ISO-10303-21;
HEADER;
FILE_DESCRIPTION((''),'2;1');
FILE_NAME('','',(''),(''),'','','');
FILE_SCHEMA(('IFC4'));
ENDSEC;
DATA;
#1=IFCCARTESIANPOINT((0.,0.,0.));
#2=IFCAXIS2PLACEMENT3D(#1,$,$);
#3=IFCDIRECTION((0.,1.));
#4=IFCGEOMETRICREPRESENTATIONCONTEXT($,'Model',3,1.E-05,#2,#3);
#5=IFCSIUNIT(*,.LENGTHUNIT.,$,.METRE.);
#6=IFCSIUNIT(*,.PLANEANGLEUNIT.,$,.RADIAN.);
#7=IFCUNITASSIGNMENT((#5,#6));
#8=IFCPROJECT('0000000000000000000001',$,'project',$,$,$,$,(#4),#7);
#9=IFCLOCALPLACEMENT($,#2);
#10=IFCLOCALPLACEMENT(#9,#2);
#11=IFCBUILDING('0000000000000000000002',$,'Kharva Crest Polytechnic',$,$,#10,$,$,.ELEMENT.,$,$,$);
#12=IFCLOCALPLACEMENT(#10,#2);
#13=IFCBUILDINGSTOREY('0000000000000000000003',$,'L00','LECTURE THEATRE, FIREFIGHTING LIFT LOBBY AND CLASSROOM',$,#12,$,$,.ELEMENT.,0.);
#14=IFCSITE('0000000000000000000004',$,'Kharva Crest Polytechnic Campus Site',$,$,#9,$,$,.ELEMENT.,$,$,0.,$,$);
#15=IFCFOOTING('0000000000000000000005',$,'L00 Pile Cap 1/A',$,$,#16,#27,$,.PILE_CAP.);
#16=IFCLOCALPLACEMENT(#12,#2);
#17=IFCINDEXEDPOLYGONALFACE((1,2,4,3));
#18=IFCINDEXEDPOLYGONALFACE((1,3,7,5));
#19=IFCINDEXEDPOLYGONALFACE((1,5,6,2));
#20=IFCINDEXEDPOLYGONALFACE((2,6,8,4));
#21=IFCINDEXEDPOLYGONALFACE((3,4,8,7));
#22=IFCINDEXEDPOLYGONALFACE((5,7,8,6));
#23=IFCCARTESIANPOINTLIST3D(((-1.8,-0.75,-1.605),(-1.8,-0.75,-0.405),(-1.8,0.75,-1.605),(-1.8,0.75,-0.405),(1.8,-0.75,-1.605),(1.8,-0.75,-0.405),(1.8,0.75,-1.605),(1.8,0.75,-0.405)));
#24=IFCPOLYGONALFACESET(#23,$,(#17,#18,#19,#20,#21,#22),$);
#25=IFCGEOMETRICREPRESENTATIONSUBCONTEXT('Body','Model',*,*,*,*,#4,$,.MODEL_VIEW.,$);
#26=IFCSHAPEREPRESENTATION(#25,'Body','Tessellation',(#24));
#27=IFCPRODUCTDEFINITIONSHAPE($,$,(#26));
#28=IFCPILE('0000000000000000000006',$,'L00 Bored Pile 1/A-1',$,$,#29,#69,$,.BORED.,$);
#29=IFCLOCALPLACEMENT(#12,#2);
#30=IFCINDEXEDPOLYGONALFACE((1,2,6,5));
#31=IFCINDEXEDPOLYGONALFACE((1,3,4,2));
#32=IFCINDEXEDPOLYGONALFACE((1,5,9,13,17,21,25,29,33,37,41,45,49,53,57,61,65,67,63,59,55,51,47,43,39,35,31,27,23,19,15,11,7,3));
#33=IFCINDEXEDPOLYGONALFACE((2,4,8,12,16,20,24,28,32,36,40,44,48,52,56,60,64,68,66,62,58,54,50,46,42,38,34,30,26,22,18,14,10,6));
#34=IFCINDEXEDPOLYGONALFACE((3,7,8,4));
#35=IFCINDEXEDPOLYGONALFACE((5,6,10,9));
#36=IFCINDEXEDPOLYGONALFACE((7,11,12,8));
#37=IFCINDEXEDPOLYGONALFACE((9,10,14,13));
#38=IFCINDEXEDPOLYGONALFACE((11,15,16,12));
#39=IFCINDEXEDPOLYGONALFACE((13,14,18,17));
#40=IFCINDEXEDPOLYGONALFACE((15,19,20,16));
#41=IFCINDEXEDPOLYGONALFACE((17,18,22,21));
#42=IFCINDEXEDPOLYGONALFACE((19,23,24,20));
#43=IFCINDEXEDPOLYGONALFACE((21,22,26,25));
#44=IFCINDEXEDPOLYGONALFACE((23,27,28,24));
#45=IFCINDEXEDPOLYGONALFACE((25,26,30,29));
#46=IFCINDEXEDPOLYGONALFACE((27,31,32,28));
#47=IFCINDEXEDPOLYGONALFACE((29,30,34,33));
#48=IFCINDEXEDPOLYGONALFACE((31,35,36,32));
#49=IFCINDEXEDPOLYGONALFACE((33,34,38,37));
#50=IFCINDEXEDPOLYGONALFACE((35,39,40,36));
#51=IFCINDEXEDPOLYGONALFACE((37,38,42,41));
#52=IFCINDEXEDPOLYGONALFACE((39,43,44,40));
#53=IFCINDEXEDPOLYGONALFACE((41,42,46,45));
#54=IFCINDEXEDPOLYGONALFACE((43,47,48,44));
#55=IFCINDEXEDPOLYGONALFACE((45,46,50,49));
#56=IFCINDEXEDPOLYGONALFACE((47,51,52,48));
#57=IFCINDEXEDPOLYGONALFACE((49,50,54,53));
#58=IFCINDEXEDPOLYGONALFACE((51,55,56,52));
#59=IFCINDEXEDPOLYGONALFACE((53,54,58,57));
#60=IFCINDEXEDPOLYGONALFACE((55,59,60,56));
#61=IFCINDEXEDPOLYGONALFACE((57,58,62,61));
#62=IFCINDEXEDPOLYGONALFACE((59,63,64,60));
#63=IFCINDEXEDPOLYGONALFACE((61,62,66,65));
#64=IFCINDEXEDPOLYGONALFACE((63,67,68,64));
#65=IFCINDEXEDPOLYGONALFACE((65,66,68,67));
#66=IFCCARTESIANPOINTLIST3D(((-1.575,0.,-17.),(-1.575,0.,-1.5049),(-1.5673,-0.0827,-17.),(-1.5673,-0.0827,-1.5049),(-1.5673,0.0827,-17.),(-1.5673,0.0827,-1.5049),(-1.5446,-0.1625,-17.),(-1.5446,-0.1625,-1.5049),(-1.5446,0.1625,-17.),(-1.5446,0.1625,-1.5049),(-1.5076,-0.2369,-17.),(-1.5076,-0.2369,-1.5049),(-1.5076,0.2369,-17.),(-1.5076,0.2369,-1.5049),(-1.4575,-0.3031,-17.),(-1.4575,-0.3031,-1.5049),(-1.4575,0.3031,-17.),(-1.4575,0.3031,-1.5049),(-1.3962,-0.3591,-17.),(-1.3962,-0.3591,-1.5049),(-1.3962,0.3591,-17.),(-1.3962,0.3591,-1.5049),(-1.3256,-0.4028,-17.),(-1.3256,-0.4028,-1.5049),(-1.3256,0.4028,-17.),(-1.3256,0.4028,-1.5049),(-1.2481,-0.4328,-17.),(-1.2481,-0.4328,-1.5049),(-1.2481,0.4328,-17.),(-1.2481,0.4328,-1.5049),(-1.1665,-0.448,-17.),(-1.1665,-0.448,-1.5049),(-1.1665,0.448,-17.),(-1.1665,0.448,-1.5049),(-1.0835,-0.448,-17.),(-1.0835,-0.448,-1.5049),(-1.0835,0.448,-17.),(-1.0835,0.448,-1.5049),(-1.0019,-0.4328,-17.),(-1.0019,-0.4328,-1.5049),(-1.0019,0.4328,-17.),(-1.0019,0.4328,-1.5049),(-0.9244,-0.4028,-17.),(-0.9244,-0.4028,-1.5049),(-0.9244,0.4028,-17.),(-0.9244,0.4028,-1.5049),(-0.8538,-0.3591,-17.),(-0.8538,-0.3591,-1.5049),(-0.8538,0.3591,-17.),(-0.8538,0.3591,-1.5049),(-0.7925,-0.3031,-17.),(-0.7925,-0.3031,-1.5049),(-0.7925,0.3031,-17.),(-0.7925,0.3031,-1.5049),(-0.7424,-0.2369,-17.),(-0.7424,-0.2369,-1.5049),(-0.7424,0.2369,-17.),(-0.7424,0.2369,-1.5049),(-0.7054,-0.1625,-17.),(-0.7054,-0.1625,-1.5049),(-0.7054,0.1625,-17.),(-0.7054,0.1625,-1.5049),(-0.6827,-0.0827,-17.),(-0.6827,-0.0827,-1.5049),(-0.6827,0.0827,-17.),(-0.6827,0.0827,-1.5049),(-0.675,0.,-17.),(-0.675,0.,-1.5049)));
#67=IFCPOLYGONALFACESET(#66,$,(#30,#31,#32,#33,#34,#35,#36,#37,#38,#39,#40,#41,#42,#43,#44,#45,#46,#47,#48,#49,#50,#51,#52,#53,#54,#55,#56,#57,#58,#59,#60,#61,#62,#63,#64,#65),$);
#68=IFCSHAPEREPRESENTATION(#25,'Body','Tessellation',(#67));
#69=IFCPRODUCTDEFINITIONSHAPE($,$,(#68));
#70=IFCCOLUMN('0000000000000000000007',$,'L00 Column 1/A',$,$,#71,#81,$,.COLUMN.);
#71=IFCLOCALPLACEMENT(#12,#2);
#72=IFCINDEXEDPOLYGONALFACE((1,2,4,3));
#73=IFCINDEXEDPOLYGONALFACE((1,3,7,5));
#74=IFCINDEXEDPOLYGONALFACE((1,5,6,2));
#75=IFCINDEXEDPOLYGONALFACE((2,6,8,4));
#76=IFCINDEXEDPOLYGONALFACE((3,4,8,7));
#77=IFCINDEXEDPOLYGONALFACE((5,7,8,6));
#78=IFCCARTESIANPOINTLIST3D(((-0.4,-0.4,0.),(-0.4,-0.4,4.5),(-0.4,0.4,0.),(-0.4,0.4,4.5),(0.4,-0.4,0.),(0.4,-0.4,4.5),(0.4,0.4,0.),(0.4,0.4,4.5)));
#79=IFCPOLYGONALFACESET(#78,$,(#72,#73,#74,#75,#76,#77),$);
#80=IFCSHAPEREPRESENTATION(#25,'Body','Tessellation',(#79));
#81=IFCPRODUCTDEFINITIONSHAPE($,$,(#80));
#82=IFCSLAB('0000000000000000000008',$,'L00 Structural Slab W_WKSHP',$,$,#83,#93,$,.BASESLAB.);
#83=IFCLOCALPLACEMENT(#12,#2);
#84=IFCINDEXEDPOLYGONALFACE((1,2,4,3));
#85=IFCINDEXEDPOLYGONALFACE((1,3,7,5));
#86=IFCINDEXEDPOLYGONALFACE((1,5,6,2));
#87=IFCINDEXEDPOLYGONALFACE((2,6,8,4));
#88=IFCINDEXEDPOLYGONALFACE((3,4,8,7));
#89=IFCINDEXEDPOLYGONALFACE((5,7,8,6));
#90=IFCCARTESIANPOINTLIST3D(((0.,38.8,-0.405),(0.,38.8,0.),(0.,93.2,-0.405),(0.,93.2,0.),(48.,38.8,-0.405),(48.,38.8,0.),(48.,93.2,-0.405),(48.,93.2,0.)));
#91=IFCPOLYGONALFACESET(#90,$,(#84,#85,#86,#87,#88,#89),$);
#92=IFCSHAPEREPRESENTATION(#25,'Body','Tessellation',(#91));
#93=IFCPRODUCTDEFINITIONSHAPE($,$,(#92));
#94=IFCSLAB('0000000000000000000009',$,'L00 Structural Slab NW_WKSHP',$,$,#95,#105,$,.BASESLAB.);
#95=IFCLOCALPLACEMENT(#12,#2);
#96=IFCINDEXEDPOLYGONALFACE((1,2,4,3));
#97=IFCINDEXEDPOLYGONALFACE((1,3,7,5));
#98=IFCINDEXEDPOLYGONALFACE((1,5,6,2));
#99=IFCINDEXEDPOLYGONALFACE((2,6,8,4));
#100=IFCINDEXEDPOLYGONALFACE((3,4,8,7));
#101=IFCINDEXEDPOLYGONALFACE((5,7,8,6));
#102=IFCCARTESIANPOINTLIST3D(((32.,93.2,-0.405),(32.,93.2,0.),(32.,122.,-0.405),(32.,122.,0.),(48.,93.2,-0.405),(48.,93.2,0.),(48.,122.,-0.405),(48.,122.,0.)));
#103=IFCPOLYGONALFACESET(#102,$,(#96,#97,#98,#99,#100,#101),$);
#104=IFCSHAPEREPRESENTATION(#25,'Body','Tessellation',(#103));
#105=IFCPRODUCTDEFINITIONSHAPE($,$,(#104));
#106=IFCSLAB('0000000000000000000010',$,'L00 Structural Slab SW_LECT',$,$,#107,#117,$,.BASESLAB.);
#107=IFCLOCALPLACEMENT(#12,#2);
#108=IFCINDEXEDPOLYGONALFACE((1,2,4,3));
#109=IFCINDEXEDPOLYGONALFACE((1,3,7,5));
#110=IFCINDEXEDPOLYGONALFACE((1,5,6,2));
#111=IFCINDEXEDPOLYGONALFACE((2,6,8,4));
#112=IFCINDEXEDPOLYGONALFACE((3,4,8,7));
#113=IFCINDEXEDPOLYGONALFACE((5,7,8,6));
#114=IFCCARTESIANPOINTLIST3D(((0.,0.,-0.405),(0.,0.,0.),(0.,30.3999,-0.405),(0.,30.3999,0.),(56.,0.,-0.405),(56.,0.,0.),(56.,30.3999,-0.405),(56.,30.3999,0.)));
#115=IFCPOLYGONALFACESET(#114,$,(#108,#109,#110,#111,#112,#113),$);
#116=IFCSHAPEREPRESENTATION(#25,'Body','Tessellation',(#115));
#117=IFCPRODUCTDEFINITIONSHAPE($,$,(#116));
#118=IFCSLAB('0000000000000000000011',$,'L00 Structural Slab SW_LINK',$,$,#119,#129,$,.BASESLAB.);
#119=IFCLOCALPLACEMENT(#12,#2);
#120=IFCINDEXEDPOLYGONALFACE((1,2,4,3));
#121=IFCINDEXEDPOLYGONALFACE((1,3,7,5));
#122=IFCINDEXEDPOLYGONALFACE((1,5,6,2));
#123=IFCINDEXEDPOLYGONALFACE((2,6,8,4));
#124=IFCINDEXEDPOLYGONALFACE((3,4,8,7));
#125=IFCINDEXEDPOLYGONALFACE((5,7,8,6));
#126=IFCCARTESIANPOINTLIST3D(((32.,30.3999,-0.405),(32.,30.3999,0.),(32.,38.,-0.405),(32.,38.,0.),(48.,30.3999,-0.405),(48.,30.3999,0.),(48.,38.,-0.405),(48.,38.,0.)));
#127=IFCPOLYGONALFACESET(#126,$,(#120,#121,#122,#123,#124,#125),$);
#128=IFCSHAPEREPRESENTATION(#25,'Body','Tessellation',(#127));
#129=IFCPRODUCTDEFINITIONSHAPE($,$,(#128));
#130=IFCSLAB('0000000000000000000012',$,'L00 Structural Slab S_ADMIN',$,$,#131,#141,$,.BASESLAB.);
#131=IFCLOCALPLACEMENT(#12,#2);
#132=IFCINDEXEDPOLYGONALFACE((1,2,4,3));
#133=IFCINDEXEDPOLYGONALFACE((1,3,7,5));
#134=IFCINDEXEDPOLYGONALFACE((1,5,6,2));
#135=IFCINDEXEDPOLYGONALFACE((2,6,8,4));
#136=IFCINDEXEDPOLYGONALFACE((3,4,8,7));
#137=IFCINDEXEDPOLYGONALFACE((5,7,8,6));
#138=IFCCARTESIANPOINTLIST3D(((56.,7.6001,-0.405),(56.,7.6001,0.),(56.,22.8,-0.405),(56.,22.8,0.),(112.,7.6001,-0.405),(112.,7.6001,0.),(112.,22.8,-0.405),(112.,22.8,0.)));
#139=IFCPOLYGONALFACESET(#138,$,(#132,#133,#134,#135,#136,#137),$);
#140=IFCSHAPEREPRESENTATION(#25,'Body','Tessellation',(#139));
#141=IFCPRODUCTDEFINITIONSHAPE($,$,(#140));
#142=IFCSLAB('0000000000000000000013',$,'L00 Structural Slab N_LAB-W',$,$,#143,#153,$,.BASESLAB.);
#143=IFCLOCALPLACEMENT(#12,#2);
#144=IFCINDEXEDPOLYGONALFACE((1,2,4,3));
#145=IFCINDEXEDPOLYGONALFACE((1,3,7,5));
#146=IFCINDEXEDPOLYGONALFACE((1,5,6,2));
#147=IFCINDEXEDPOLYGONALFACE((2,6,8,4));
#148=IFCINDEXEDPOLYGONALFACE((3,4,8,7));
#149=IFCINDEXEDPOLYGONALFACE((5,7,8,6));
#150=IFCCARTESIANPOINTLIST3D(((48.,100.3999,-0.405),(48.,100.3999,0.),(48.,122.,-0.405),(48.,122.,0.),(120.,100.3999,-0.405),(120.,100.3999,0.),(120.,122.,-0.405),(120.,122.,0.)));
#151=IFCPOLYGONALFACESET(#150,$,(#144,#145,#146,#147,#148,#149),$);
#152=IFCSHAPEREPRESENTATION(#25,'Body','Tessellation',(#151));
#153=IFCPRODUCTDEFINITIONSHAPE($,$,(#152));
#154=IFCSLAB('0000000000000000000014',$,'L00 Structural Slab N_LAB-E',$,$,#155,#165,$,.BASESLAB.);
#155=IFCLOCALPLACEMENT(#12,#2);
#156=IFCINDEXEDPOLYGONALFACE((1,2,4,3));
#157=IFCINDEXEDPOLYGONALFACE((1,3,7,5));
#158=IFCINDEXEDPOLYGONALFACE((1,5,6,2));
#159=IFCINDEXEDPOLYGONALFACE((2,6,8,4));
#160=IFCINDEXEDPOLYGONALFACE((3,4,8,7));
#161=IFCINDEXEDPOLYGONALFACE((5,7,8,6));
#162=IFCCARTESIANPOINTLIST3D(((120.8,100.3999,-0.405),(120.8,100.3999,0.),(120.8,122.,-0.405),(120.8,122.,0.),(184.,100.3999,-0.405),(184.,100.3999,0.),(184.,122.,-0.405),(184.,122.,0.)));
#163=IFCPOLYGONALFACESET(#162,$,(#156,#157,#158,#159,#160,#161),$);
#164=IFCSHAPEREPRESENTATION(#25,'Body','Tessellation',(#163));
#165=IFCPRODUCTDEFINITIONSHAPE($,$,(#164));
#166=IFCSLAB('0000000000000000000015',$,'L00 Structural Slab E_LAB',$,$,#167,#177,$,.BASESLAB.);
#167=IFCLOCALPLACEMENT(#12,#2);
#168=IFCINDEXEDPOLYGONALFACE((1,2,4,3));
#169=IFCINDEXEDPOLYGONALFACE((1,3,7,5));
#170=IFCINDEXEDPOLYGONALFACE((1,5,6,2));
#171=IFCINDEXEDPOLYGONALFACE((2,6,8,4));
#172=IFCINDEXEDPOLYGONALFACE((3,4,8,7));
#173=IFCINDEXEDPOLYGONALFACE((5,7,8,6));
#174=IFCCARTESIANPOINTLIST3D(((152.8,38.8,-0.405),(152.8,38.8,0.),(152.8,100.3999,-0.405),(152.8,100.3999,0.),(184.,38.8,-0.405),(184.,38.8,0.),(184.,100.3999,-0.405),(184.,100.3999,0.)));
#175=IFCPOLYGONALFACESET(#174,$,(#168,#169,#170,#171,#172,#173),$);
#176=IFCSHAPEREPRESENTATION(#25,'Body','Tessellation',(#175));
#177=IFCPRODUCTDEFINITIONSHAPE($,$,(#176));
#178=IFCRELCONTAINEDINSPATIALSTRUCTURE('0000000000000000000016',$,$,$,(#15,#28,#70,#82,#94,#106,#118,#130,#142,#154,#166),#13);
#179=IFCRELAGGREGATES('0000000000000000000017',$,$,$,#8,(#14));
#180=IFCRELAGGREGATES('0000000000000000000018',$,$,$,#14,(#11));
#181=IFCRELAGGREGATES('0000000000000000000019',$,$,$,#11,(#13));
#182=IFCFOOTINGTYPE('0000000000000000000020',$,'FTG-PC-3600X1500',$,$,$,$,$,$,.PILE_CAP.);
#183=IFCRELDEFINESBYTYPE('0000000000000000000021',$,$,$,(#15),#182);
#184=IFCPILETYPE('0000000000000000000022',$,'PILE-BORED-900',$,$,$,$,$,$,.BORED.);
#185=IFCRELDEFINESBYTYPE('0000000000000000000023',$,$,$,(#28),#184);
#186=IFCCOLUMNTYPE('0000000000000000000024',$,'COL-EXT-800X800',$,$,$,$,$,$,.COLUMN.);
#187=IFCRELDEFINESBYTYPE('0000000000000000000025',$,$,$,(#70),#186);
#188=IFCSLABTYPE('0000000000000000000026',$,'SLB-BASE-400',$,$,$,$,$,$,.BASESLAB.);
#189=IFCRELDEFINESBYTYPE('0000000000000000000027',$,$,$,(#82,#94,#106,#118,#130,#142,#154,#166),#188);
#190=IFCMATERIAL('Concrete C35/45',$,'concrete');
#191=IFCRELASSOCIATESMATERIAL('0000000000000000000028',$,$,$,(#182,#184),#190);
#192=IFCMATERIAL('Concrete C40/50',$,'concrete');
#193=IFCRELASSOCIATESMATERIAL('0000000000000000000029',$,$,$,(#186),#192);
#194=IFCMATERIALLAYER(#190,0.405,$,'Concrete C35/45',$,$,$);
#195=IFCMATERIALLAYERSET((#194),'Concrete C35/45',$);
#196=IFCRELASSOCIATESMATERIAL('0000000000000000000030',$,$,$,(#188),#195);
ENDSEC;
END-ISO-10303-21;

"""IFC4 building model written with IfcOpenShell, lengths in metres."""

from ifc_helpers import new_model, si_unit, direction, frame, origin, origin_with_axes, origin_2d, place, context, subcontext, project, spatial, polyline, rectangle, circle, outline, extrude, material, layer, layer_set, material_profile, profile_set, type_object, element, save


model = new_model("IFC4")

# Units and contexts
model_context = context("Model", 3, precision=1e-05, world=origin(), true_north=direction((0.0, 1.0)))
body_context = subcontext(model_context, "Body", "Model", "MODEL_VIEW")
ifc_project = project(units=[si_unit("LENGTHUNIT", "METRE"), si_unit("PLANEANGLEUNIT", "RADIAN")], contexts=[model_context])

# Site, building, storey
site_placement = place(None, origin())
site = spatial("IfcSite", under=ifc_project, at=site_placement, Name="Kharva Crest Polytechnic Campus Site", CompositionType="ELEMENT", RefElevation=0.0)
building_placement = place(site_placement, origin())
building = spatial("IfcBuilding", under=site, at=building_placement, Name="Kharva Crest Polytechnic", CompositionType="ELEMENT")
storey_placement = place(building_placement, origin())
storey = spatial("IfcBuildingStorey", under=building, at=storey_placement, Name="L00", Description="LECTURE THEATRE, FIREFIGHTING LIFT LOBBY AND CLASSROOM", CompositionType="ELEMENT", Elevation=0.0)

# Footing
ifc_material_1 = material(Name="Concrete C35/45", Category="concrete")
footing_type = type_object("IfcFootingType", Name="FTG-PC-3600X1500", PredefinedType="PILE_CAP", material=ifc_material_1)
footing_placement = place(storey_placement, frame((0.0, 0.0, -1.605), z_axis=(0.0, 0.0, 1.0), x_axis=(1.0, 0.0, 0.0)))
element("IfcFooting", 1, at=footing_placement, inside=storey, type_object=footing_type, Name="L00 Pile Cap 1/A", PredefinedType="PILE_CAP", context=body_context, shape_type="SweptSolid", body=[
    extrude(rectangle(XDim=3.6001, YDim=1.5, at=origin_2d()), origin(), (0.0, 0.0, 1.0), 1.2),
])

# Pile
ifc_material_profile_1 = material_profile(ifc_material_1, circle(Radius=0.45, at=origin_2d()), Name="DIA 900")
ifc_profile_set_1 = profile_set([ifc_material_profile_1], Name="Concrete C35/45")
pile_type = type_object("IfcPileType", Name="PILE-BORED-900", PredefinedType="BORED", material=ifc_profile_set_1)
pile_placement = place(storey_placement, frame((-1.125, 0.0, -1.5049), z_axis=(0.0, 0.0, -1.0), x_axis=(1.0, 0.0, 0.0)))
element("IfcPile", 2, at=pile_placement, inside=storey, type_object=pile_type, Name="L00 Bored Pile 1/A-1", PredefinedType="BORED", context=body_context, shape_type="SweptSolid", body=[
    extrude(circle(Radius=0.45, at=origin_2d()), origin(), (0.0, 0.0, 1.0), 15.4951),
])

# Column
ifc_material_2 = material(Name="Concrete C40/50", Category="concrete")
ifc_material_profile_2 = material_profile(ifc_material_2, rectangle(XDim=0.8, YDim=0.8, at=origin_2d()), Name="RECT 800 X 800")
ifc_profile_set_2 = profile_set([ifc_material_profile_2], Name="Concrete C40/50")
column_type = type_object("IfcColumnType", Name="COL-EXT-800X800", PredefinedType="COLUMN", material=ifc_profile_set_2)
column_placement = place(storey_placement, origin_with_axes())
element("IfcColumn", 3, at=column_placement, inside=storey, type_object=column_type, Name="L00 Column 1/A", PredefinedType="COLUMN", context=body_context, shape_type="SweptSolid", body=[
    extrude(rectangle(XDim=0.8, YDim=0.8, at=origin_2d()), origin(), (0.0, 0.0, 1.0), 4.5),
])

# Slabs
ifc_layer_1 = layer(ifc_material_1, 0.405, Name="Concrete C35/45")
ifc_layer_set_1 = layer_set([ifc_layer_1], Name="Concrete C35/45")
slab_type_1 = type_object("IfcSlabType", Name="SLB-BASE-400", PredefinedType="BASESLAB", material=ifc_layer_set_1)
slab_1_placement = place(storey_placement, frame((0.0, 0.0, -0.405)))
element("IfcSlab", 4, at=slab_1_placement, inside=storey, type_object=slab_type_1, Name="L00 Structural Slab W_WKSHP", PredefinedType="BASESLAB", context=body_context, shape_type="SweptSolid", body=[
    extrude(outline(polyline([(0.0, 38.8), (48.0, 38.8), (48.0, 93.2), (0.0, 93.2), (0.0, 38.8)])), origin(), (0.0, 0.0, 1.0), 0.405),
])
slab_2_placement = place(storey_placement, frame((0.0, 0.0, -0.405)))
element("IfcSlab", 5, at=slab_2_placement, inside=storey, type_object=slab_type_1, Name="L00 Structural Slab NW_WKSHP", PredefinedType="BASESLAB", context=body_context, shape_type="SweptSolid", body=[
    extrude(outline(polyline([(32.0, 93.2), (48.0, 93.2), (48.0, 122.0), (32.0, 122.0), (32.0, 93.2)])), origin(), (0.0, 0.0, 1.0), 0.405),
])
slab_3_placement = place(storey_placement, frame((0.0, 0.0, -0.405)))
element("IfcSlab", 6, at=slab_3_placement, inside=storey, type_object=slab_type_1, Name="L00 Structural Slab SW_LECT", PredefinedType="BASESLAB", context=body_context, shape_type="SweptSolid", body=[
    extrude(outline(polyline([(0.0, 0.0), (56.0, 0.0), (56.0, 30.3999), (0.0, 30.3999), (0.0, 0.0)])), origin(), (0.0, 0.0, 1.0), 0.405),
])
slab_4_placement = place(storey_placement, frame((0.0, 0.0, -0.405)))
element("IfcSlab", 7, at=slab_4_placement, inside=storey, type_object=slab_type_1, Name="L00 Structural Slab SW_LINK", PredefinedType="BASESLAB", context=body_context, shape_type="SweptSolid", body=[
    extrude(outline(polyline([(32.0, 30.3999), (48.0, 30.3999), (48.0, 38.0), (32.0, 38.0), (32.0, 30.3999)])), origin(), (0.0, 0.0, 1.0), 0.405),
])
slab_5_placement = place(storey_placement, frame((0.0, 0.0, -0.405)))
element("IfcSlab", 8, at=slab_5_placement, inside=storey, type_object=slab_type_1, Name="L00 Structural Slab S_ADMIN", PredefinedType="BASESLAB", context=body_context, shape_type="SweptSolid", body=[
    extrude(outline(polyline([(56.0, 7.6001), (112.0, 7.6001), (112.0, 22.8), (56.0, 22.8), (56.0, 7.6001)])), origin(), (0.0, 0.0, 1.0), 0.405),
])
slab_6_placement = place(storey_placement, frame((0.0, 0.0, -0.405)))
element("IfcSlab", 9, at=slab_6_placement, inside=storey, type_object=slab_type_1, Name="L00 Structural Slab N_LAB-W", PredefinedType="BASESLAB", context=body_context, shape_type="SweptSolid", body=[
    extrude(outline(polyline([(48.0, 100.3999), (120.0, 100.3999), (120.0, 122.0), (48.0, 122.0), (48.0, 100.3999)])), origin(), (0.0, 0.0, 1.0), 0.405),
])
slab_7_placement = place(storey_placement, frame((0.0, 0.0, -0.405)))
element("IfcSlab", 10, at=slab_7_placement, inside=storey, type_object=slab_type_1, Name="L00 Structural Slab N_LAB-E", PredefinedType="BASESLAB", context=body_context, shape_type="SweptSolid", body=[
    extrude(outline(polyline([(120.8, 100.3999), (184.0, 100.3999), (184.0, 122.0), (120.8, 122.0), (120.8, 100.3999)])), origin(), (0.0, 0.0, 1.0), 0.405),
])
slab_8_placement = place(storey_placement, frame((0.0, 0.0, -0.405)))
element("IfcSlab", 11, at=slab_8_placement, inside=storey, type_object=slab_type_1, Name="L00 Structural Slab E_LAB", PredefinedType="BASESLAB", context=body_context, shape_type="SweptSolid", body=[
    extrude(outline(polyline([(152.8, 38.8), (184.0, 38.8), (184.0, 100.3999), (152.8, 100.3999), (152.8, 38.8)])), origin(), (0.0, 0.0, 1.0), 0.405),
])

save(model, "model.ifc")
